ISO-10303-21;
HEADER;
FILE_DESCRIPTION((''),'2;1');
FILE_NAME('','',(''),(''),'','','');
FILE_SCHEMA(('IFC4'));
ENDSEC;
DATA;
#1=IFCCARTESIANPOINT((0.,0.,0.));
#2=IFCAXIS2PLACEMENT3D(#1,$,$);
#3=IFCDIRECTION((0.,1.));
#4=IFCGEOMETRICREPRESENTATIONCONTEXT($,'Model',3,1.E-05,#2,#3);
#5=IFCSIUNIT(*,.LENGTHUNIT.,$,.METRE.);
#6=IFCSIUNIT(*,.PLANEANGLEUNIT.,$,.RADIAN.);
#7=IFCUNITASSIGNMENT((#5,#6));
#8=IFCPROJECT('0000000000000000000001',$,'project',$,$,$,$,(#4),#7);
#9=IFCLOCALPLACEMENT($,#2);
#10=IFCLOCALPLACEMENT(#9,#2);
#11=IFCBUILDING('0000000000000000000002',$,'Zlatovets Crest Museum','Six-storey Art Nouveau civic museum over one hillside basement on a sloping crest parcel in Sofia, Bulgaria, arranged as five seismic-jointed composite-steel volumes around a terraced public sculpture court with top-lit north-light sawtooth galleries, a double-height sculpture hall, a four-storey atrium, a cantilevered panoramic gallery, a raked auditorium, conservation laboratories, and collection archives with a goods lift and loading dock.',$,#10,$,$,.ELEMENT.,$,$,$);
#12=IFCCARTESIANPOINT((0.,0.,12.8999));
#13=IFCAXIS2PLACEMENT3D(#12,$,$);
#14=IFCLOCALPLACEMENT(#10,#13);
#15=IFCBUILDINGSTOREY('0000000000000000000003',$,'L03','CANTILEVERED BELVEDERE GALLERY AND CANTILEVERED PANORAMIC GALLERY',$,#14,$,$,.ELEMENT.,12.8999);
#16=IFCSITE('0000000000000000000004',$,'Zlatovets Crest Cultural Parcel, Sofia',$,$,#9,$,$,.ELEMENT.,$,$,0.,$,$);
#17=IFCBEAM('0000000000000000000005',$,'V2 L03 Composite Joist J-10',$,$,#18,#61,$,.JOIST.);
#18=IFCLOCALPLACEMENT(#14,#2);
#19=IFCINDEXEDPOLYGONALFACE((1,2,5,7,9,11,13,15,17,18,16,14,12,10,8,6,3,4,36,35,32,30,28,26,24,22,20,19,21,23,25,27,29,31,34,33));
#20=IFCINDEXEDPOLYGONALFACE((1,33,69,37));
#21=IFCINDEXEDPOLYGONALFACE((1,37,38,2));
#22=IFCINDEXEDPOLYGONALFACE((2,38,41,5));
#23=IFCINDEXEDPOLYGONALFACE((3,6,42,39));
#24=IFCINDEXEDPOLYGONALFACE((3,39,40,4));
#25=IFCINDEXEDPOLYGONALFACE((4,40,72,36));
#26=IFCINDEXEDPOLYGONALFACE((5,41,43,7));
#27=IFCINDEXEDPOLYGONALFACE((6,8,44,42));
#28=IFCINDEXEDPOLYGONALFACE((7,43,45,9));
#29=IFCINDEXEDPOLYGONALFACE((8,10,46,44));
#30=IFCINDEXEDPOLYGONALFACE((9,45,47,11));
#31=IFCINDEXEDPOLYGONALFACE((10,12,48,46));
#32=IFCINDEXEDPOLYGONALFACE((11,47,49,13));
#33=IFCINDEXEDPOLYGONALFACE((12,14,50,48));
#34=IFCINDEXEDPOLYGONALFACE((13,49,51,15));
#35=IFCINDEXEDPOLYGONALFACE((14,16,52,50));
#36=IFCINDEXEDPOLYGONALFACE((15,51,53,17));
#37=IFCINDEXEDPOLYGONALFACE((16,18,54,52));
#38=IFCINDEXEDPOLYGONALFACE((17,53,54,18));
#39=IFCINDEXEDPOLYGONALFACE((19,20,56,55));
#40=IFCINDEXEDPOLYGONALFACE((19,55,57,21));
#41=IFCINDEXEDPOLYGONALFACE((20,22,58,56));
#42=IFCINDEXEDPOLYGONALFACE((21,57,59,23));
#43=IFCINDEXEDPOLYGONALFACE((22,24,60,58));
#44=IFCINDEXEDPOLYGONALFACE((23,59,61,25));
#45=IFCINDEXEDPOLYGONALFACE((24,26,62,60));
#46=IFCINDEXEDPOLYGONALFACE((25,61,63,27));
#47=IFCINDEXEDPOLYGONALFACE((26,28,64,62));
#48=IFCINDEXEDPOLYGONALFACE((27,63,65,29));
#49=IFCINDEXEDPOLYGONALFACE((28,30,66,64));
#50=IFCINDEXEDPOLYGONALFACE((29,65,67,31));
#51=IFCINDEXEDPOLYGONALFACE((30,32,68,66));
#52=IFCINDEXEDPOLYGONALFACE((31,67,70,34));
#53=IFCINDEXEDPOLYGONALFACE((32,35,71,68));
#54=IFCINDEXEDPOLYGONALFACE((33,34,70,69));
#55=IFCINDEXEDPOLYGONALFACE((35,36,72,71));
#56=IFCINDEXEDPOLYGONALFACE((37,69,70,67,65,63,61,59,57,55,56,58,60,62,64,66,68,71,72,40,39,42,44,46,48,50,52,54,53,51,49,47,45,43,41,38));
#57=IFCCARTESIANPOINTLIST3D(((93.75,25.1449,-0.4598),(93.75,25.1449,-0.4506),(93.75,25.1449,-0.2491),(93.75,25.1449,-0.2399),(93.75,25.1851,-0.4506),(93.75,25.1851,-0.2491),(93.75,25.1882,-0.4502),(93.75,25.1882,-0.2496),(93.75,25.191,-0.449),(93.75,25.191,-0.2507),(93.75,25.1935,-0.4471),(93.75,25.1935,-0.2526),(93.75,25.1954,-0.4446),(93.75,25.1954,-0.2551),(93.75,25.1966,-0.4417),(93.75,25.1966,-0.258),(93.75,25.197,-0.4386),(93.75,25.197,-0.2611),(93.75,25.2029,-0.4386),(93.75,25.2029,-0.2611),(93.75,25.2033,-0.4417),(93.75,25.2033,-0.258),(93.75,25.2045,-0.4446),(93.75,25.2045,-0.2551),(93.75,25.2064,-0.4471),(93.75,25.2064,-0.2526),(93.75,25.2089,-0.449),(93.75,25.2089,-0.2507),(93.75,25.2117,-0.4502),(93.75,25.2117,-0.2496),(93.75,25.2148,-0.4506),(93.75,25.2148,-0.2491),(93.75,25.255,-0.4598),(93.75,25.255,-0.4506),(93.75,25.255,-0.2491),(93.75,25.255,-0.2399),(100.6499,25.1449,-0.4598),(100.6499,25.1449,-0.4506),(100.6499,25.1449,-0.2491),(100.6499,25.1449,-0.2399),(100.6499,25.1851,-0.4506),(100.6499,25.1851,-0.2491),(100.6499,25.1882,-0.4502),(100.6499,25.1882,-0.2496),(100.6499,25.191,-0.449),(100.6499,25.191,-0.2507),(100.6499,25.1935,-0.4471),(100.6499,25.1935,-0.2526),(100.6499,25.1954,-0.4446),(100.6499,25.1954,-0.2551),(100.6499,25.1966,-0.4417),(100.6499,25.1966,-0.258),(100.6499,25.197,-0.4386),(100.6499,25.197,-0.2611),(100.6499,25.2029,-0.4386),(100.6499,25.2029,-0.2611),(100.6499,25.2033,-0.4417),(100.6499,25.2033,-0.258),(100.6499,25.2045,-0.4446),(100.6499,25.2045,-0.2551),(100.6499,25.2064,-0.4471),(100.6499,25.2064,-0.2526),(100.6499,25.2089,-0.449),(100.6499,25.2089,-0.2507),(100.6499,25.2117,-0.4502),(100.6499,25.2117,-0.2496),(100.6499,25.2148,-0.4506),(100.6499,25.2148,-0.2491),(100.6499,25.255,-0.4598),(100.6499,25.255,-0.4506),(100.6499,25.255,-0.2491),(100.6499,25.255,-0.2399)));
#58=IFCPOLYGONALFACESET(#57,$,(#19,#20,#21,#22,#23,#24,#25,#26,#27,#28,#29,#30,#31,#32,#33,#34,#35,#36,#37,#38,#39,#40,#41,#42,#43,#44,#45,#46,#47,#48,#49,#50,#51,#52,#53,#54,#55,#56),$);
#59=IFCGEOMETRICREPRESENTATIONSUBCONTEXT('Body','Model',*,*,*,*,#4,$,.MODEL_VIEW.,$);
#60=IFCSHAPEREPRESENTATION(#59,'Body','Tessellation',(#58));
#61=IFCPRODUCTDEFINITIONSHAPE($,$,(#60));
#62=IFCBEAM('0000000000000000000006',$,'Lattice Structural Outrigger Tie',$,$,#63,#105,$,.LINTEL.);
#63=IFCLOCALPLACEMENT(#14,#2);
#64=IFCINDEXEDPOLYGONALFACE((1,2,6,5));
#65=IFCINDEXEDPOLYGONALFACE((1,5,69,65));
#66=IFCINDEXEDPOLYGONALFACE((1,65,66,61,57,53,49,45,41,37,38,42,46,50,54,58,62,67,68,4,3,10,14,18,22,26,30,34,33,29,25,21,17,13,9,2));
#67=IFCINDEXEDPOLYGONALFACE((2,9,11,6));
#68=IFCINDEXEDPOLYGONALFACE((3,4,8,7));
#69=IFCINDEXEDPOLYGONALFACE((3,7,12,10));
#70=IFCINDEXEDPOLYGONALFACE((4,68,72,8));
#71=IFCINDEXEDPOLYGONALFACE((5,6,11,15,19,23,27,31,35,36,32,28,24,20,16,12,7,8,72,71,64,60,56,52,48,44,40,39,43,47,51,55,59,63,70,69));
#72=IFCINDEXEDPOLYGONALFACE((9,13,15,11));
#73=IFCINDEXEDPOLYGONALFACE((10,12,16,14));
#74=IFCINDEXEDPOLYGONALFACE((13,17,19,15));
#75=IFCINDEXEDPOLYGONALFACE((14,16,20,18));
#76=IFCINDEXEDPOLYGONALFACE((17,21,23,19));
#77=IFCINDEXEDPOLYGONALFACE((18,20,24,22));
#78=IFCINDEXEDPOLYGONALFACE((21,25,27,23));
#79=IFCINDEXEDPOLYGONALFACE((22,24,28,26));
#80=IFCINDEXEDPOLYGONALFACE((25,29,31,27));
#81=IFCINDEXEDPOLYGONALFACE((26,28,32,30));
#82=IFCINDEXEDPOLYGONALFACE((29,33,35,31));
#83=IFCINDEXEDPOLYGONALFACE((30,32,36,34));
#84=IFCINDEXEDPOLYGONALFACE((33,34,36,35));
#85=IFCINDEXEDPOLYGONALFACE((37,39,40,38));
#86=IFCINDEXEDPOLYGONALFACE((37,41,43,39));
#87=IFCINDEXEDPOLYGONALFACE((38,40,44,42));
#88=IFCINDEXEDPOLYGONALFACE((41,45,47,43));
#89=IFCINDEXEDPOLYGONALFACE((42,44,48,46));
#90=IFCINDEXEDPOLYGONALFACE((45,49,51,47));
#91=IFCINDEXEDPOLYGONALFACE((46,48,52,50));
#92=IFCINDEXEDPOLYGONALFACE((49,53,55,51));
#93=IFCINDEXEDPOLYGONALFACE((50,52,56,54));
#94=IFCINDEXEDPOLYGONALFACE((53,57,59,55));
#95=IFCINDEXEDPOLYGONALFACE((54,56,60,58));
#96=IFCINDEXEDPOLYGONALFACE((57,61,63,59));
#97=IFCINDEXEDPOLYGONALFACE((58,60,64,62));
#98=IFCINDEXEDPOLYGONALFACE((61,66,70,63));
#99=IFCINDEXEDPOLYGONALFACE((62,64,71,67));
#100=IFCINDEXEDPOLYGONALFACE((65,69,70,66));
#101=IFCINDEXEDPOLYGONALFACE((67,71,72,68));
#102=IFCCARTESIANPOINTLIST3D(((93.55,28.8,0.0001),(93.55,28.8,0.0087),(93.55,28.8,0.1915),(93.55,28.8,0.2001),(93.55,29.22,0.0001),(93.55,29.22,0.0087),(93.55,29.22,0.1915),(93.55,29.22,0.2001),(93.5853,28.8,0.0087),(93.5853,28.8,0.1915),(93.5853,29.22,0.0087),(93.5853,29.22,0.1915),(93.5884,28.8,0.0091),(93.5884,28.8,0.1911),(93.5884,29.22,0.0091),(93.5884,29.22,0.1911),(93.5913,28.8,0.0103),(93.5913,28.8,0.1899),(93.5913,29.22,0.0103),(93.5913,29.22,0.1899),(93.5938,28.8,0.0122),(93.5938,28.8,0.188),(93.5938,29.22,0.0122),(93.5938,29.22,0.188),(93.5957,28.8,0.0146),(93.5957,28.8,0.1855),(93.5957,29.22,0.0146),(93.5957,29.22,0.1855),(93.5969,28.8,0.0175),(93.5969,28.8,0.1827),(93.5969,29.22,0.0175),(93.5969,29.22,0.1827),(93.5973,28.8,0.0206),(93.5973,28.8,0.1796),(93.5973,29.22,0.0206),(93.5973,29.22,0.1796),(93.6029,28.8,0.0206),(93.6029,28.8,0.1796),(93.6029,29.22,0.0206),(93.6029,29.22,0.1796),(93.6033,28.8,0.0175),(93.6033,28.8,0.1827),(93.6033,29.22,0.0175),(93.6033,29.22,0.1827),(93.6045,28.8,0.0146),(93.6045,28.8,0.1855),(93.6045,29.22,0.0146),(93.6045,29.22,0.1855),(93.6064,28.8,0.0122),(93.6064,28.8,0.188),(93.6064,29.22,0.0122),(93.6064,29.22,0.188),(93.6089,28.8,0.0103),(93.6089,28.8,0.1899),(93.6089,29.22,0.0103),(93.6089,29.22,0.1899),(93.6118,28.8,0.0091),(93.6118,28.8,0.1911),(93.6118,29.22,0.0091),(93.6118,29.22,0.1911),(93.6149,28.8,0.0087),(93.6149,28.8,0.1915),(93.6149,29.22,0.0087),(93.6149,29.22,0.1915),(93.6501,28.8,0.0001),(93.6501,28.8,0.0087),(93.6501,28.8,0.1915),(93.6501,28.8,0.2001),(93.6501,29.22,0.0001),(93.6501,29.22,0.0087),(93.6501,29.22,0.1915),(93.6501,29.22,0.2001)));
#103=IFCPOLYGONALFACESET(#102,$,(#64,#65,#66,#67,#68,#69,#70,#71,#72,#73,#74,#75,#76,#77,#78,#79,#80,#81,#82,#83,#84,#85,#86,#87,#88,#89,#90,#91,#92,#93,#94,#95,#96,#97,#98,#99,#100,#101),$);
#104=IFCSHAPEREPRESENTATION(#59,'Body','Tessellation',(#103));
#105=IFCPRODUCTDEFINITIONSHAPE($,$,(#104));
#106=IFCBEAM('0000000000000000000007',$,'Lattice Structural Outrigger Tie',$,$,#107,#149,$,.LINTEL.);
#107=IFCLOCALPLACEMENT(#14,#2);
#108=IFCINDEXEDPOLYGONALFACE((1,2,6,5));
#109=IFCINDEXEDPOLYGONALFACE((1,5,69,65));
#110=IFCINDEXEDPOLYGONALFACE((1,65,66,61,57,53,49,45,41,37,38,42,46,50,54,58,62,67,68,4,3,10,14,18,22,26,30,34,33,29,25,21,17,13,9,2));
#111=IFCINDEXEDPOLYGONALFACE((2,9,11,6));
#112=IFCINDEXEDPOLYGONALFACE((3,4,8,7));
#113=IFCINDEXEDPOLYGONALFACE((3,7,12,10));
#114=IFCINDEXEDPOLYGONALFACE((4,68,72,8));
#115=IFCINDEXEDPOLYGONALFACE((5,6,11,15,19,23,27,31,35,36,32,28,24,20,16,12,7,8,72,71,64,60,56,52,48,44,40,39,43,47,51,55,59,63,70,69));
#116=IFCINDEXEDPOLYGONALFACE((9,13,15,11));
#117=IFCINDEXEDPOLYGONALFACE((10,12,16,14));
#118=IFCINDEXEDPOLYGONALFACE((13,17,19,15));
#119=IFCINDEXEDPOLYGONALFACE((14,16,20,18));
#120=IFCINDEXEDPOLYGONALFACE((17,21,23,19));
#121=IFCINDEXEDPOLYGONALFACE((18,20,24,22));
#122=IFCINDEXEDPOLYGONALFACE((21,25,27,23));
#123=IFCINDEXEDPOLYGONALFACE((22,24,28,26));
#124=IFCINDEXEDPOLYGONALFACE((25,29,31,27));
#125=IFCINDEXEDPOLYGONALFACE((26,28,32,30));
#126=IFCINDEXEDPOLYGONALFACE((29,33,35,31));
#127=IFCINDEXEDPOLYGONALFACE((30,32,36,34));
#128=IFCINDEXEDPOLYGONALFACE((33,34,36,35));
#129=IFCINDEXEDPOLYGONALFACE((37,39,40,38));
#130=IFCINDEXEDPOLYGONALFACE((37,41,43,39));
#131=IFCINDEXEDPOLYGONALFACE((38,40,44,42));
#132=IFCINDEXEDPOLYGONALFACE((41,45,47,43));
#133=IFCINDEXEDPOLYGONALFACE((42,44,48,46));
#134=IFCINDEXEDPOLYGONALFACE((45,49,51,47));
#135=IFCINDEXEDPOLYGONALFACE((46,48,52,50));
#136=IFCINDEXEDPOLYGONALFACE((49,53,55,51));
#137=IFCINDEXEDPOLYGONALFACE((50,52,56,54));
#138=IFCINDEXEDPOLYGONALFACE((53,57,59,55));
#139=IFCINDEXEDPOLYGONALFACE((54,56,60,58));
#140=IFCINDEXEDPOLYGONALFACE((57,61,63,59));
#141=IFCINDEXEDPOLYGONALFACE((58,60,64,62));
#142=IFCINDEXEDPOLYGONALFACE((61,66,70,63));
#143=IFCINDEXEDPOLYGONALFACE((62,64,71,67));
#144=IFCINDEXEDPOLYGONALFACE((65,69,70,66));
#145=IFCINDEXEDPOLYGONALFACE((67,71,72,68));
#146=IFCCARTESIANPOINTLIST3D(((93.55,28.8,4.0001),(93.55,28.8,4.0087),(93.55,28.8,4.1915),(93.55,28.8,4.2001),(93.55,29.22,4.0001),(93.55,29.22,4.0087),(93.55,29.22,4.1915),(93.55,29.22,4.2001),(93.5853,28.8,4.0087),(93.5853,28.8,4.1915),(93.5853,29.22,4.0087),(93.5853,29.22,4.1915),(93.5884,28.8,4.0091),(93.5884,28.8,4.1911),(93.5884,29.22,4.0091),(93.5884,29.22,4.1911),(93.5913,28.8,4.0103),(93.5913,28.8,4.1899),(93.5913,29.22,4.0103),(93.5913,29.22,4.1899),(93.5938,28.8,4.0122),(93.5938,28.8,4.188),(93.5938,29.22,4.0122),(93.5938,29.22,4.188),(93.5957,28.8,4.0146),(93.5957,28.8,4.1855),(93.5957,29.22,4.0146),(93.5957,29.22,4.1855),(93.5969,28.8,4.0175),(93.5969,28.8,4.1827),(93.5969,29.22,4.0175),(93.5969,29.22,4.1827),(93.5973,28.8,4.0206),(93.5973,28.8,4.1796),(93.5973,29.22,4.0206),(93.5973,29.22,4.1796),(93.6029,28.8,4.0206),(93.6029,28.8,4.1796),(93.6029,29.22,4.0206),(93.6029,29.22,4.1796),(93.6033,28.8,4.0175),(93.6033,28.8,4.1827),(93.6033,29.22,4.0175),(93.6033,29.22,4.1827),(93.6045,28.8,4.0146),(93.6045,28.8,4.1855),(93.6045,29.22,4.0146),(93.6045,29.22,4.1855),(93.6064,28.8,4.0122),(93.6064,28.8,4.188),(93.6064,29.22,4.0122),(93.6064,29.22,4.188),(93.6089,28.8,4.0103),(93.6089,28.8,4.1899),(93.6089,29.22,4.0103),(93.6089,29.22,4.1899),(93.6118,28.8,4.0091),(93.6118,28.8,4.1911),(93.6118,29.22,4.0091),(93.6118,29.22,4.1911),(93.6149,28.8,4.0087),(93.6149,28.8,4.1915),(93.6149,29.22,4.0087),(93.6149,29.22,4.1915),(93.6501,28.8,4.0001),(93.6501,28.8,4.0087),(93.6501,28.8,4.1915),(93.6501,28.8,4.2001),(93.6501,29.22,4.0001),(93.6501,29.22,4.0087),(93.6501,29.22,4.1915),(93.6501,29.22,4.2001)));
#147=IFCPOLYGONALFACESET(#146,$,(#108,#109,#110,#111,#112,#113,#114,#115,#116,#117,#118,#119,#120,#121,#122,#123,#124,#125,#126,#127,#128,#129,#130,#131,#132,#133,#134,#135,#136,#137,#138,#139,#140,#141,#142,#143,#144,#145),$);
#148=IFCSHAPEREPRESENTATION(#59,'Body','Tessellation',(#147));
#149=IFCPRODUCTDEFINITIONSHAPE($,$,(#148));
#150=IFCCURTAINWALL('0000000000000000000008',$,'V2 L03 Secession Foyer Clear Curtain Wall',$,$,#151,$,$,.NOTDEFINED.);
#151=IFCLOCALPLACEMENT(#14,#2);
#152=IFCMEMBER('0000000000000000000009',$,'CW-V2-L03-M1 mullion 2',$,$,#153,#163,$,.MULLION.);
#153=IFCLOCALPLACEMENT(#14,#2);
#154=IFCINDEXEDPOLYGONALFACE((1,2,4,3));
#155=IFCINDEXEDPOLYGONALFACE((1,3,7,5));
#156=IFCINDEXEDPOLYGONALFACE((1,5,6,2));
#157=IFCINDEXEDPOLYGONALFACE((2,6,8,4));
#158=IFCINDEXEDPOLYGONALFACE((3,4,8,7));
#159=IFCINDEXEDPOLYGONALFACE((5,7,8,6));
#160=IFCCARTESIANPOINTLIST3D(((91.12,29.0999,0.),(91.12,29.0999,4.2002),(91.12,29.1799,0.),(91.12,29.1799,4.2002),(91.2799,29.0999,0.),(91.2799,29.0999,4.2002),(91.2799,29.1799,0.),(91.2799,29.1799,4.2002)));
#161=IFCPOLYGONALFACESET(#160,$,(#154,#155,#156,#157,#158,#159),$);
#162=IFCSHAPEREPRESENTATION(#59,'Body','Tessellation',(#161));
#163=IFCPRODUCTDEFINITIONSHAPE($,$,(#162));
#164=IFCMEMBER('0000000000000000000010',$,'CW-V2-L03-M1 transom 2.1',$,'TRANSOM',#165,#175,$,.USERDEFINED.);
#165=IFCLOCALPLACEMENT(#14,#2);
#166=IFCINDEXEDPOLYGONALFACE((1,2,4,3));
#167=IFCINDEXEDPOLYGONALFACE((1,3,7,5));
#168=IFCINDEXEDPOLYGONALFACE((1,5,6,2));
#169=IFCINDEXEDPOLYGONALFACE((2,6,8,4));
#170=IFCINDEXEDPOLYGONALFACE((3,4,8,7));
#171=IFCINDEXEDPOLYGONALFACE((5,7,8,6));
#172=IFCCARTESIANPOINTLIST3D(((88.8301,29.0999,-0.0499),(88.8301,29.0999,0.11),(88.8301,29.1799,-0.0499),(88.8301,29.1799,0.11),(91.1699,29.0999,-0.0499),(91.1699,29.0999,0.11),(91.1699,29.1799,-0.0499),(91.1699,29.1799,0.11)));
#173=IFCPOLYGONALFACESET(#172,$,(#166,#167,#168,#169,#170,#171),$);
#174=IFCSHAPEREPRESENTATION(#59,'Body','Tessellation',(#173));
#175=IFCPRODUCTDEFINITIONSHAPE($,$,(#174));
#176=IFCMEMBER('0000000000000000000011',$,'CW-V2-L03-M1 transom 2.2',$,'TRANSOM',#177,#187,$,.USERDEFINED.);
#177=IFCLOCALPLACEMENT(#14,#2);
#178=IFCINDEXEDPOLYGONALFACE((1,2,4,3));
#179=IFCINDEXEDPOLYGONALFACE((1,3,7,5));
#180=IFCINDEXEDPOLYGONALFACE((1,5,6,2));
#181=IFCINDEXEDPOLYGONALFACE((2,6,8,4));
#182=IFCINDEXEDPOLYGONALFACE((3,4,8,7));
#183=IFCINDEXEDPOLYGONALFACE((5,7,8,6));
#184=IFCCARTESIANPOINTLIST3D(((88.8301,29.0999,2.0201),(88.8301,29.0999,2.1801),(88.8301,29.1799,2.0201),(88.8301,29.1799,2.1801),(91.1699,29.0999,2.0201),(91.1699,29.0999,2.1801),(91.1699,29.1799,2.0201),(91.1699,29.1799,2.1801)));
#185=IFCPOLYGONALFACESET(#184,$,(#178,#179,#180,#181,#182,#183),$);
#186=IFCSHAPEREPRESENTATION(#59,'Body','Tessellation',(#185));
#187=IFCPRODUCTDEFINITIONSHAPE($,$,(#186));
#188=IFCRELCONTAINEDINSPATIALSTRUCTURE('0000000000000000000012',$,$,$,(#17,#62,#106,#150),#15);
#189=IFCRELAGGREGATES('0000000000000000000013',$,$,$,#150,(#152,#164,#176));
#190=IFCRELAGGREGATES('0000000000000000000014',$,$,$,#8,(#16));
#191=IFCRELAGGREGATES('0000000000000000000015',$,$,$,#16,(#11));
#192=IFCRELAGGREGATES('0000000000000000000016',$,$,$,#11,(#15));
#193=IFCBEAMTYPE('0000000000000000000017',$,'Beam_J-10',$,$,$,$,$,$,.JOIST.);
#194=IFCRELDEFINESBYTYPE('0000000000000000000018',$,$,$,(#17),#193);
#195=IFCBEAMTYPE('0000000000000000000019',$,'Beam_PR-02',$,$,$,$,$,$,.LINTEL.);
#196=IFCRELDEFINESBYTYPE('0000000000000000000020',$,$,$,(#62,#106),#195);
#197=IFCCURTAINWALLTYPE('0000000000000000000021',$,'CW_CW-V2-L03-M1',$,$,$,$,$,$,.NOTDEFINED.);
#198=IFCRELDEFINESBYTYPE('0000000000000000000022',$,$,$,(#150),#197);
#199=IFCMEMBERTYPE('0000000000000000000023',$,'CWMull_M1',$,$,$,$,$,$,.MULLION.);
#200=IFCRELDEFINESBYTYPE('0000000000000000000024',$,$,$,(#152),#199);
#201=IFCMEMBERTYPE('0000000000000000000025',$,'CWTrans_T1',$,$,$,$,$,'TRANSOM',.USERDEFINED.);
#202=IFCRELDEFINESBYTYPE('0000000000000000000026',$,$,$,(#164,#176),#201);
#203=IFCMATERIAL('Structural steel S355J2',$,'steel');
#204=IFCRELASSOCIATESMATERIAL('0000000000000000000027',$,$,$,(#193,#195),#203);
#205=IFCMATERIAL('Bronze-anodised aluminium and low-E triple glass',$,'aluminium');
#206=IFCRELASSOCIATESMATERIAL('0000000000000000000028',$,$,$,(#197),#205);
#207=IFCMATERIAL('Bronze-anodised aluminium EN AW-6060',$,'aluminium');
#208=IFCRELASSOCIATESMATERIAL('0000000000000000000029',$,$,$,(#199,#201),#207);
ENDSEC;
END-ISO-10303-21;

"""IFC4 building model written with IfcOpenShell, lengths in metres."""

from ifc_helpers import new_model, si_unit, direction, frame, origin, origin_2d, place, context, subcontext, project, spatial, rectangle, i_section, extrude, material, material_profile, profile_set, type_object, element, aggregate, save


model = new_model("IFC4")

# Units and contexts
model_context = context("Model", 3, precision=1e-05, world=origin(), true_north=direction((0.0, 1.0)))
body_context = subcontext(model_context, "Body", "Model", "MODEL_VIEW")
ifc_project = project(units=[si_unit("LENGTHUNIT", "METRE"), si_unit("PLANEANGLEUNIT", "RADIAN")], contexts=[model_context])

# Site, building, storey
site_placement = place(None, origin())
site = spatial("IfcSite", under=ifc_project, at=site_placement, Name="Zlatovets Crest Cultural Parcel, Sofia", CompositionType="ELEMENT", RefElevation=0.0)
building_placement = place(site_placement, origin())
building = spatial("IfcBuilding", under=site, at=building_placement, Name="Zlatovets Crest Museum", Description="Six-storey Art Nouveau civic museum over one hillside basement on a sloping crest parcel in Sofia, Bulgaria, arranged as five seismic-jointed composite-steel volumes around a terraced public sculpture court with top-lit north-light sawtooth galleries, a double-height sculpture hall, a four-storey atrium, a cantilevered panoramic gallery, a raked auditorium, conservation laboratories, and collection archives with a goods lift and loading dock.", CompositionType="ELEMENT")
storey_placement = place(building_placement, frame((0.0, 0.0, 12.8999)))
storey = spatial("IfcBuildingStorey", under=building, at=storey_placement, Name="L03", Description="CANTILEVERED BELVEDERE GALLERY AND CANTILEVERED PANORAMIC GALLERY", CompositionType="ELEMENT", Elevation=12.8999)

# Shared definitions
ifc_material_1 = material(Name="Structural steel S355J2", Category="steel")

# Beams
ifc_material_profile_1 = material_profile(ifc_material_1, i_section(OverallWidth=0.1101, OverallDepth=0.22, WebThickness=0.0059, FlangeThickness=0.0093, FilletRadius=0.012, at=origin_2d()), Name="IPE 220")
ifc_profile_set_1 = profile_set([ifc_material_profile_1], Name="Structural steel S355J2")
beam_type_1 = type_object("IfcBeamType", Name="Beam_J-10", PredefinedType="JOIST", material=ifc_profile_set_1)
for number, where, z_axis, x_axis, name in (
    (1, (93.75, 25.2, -0.3499), (1.0, 0.0, 0.0), (0.0, 1.0, 0.0), "V2 L03 Composite Joist J-10"),
):
    element("IfcBeam", number, at=place(storey_placement, frame(where, z_axis=z_axis, x_axis=x_axis)), inside=storey, type_object=beam_type_1, Name=name, PredefinedType="JOIST", context=body_context, shape_type="SweptSolid", body=[
        extrude(i_section(OverallWidth=0.1101, OverallDepth=0.22, WebThickness=0.0059, FlangeThickness=0.0093, FilletRadius=0.012, at=origin_2d()), origin(), (0.0, 0.0, 1.0), 6.8999),
    ])
ifc_material_profile_2 = material_profile(ifc_material_1, i_section(OverallWidth=0.1001, OverallDepth=0.2, WebThickness=0.0056, FlangeThickness=0.0085, FilletRadius=0.012, at=origin_2d()), Name="IPE 200")
ifc_profile_set_2 = profile_set([ifc_material_profile_2], Name="Structural steel S355J2")
beam_type_2 = type_object("IfcBeamType", Name="Beam_PR-02", PredefinedType="LINTEL", material=ifc_profile_set_2)
for number, where, z_axis, x_axis, name in (
    (2, (93.6001, 28.8, 0.1001), (0.0, 1.0, 0.0), (-1.0, 0.0, 0.0), "Lattice Structural Outrigger Tie"),
    (3, (93.6001, 28.8, 4.1001), (0.0, 1.0, 0.0), (-1.0, 0.0, 0.0), "Lattice Structural Outrigger Tie"),
):
    element("IfcBeam", number, at=place(storey_placement, frame(where, z_axis=z_axis, x_axis=x_axis)), inside=storey, type_object=beam_type_2, Name=name, PredefinedType="LINTEL", context=body_context, shape_type="SweptSolid", body=[
        extrude(i_section(OverallWidth=0.1001, OverallDepth=0.2, WebThickness=0.0056, FlangeThickness=0.0085, FilletRadius=0.012, at=origin_2d()), origin(), (0.0, 0.0, 1.0), 0.4199),
    ])

# Curtain wall, members
ifc_material_2 = material(Name="Bronze-anodised aluminium and low-E triple glass", Category="aluminium")
curtain_wall_type = type_object("IfcCurtainWallType", Name="CW_CW-V2-L03-M1", PredefinedType="NOTDEFINED", material=ifc_material_2)
curtain_wall_placement = place(storey_placement, origin())
curtain_wall = element("IfcCurtainWall", 4, at=curtain_wall_placement, inside=storey, type_object=curtain_wall_type, Name="V2 L03 Secession Foyer Clear Curtain Wall", PredefinedType="NOTDEFINED")
ifc_material_3 = material(Name="Bronze-anodised aluminium EN AW-6060", Category="aluminium")
ifc_material_profile_3 = material_profile(ifc_material_3, rectangle(XDim=0.0801, YDim=0.1599, at=origin_2d()), Name="ALU 80x160")
ifc_profile_set_3 = profile_set([ifc_material_profile_3], Name="Bronze-anodised aluminium EN AW-6060")
member_type_1 = type_object("IfcMemberType", Name="CWMull_M1", PredefinedType="MULLION", material=ifc_profile_set_3)
member_1_placement = place(storey_placement, frame((91.2, 29.1399, 0.0), z_axis=(0.0, 0.0, 1.0), x_axis=(0.0, -1.0, 0.0)))
member_1 = element("IfcMember", 5, at=member_1_placement, type_object=member_type_1, Name="CW-V2-L03-M1 mullion 2", PredefinedType="MULLION", context=body_context, shape_type="SweptSolid", body=[
    extrude(rectangle(XDim=0.0801, YDim=0.1599, at=origin_2d()), origin(), (0.0, 0.0, 1.0), 4.2002),
])
ifc_material_profile_4 = material_profile(ifc_material_3, rectangle(XDim=0.0801, YDim=0.1599, at=origin_2d()), Name="ALU 80x160")
ifc_profile_set_4 = profile_set([ifc_material_profile_4], Name="Bronze-anodised aluminium EN AW-6060")
member_type_2 = type_object("IfcMemberType", Name="CWTrans_T1", ElementType="TRANSOM", PredefinedType="USERDEFINED", material=ifc_profile_set_4)
member_2_placement = place(storey_placement, frame((91.1699, 29.1399, 0.03), z_axis=(-1.0, 0.0, 0.0), x_axis=(0.0, -1.0, 0.0)))
member_2 = element("IfcMember", 6, at=member_2_placement, type_object=member_type_2, Name="CW-V2-L03-M1 transom 2.1", ObjectType="TRANSOM", PredefinedType="USERDEFINED", context=body_context, shape_type="SweptSolid", body=[
    extrude(rectangle(XDim=0.0801, YDim=0.1599, at=origin_2d()), origin(), (0.0, 0.0, 1.0), 2.3398),
])
member_3_placement = place(storey_placement, frame((91.1699, 29.1399, 2.1001), z_axis=(-1.0, 0.0, 0.0), x_axis=(0.0, -1.0, 0.0)))
member_3 = element("IfcMember", 7, at=member_3_placement, type_object=member_type_2, Name="CW-V2-L03-M1 transom 2.2", ObjectType="TRANSOM", PredefinedType="USERDEFINED", context=body_context, shape_type="SweptSolid", body=[
    extrude(rectangle(XDim=0.0801, YDim=0.1599, at=origin_2d()), origin(), (0.0, 0.0, 1.0), 2.3398),
])
aggregate(curtain_wall, [member_1, member_2, member_3])

save(model, "model.ifc")
